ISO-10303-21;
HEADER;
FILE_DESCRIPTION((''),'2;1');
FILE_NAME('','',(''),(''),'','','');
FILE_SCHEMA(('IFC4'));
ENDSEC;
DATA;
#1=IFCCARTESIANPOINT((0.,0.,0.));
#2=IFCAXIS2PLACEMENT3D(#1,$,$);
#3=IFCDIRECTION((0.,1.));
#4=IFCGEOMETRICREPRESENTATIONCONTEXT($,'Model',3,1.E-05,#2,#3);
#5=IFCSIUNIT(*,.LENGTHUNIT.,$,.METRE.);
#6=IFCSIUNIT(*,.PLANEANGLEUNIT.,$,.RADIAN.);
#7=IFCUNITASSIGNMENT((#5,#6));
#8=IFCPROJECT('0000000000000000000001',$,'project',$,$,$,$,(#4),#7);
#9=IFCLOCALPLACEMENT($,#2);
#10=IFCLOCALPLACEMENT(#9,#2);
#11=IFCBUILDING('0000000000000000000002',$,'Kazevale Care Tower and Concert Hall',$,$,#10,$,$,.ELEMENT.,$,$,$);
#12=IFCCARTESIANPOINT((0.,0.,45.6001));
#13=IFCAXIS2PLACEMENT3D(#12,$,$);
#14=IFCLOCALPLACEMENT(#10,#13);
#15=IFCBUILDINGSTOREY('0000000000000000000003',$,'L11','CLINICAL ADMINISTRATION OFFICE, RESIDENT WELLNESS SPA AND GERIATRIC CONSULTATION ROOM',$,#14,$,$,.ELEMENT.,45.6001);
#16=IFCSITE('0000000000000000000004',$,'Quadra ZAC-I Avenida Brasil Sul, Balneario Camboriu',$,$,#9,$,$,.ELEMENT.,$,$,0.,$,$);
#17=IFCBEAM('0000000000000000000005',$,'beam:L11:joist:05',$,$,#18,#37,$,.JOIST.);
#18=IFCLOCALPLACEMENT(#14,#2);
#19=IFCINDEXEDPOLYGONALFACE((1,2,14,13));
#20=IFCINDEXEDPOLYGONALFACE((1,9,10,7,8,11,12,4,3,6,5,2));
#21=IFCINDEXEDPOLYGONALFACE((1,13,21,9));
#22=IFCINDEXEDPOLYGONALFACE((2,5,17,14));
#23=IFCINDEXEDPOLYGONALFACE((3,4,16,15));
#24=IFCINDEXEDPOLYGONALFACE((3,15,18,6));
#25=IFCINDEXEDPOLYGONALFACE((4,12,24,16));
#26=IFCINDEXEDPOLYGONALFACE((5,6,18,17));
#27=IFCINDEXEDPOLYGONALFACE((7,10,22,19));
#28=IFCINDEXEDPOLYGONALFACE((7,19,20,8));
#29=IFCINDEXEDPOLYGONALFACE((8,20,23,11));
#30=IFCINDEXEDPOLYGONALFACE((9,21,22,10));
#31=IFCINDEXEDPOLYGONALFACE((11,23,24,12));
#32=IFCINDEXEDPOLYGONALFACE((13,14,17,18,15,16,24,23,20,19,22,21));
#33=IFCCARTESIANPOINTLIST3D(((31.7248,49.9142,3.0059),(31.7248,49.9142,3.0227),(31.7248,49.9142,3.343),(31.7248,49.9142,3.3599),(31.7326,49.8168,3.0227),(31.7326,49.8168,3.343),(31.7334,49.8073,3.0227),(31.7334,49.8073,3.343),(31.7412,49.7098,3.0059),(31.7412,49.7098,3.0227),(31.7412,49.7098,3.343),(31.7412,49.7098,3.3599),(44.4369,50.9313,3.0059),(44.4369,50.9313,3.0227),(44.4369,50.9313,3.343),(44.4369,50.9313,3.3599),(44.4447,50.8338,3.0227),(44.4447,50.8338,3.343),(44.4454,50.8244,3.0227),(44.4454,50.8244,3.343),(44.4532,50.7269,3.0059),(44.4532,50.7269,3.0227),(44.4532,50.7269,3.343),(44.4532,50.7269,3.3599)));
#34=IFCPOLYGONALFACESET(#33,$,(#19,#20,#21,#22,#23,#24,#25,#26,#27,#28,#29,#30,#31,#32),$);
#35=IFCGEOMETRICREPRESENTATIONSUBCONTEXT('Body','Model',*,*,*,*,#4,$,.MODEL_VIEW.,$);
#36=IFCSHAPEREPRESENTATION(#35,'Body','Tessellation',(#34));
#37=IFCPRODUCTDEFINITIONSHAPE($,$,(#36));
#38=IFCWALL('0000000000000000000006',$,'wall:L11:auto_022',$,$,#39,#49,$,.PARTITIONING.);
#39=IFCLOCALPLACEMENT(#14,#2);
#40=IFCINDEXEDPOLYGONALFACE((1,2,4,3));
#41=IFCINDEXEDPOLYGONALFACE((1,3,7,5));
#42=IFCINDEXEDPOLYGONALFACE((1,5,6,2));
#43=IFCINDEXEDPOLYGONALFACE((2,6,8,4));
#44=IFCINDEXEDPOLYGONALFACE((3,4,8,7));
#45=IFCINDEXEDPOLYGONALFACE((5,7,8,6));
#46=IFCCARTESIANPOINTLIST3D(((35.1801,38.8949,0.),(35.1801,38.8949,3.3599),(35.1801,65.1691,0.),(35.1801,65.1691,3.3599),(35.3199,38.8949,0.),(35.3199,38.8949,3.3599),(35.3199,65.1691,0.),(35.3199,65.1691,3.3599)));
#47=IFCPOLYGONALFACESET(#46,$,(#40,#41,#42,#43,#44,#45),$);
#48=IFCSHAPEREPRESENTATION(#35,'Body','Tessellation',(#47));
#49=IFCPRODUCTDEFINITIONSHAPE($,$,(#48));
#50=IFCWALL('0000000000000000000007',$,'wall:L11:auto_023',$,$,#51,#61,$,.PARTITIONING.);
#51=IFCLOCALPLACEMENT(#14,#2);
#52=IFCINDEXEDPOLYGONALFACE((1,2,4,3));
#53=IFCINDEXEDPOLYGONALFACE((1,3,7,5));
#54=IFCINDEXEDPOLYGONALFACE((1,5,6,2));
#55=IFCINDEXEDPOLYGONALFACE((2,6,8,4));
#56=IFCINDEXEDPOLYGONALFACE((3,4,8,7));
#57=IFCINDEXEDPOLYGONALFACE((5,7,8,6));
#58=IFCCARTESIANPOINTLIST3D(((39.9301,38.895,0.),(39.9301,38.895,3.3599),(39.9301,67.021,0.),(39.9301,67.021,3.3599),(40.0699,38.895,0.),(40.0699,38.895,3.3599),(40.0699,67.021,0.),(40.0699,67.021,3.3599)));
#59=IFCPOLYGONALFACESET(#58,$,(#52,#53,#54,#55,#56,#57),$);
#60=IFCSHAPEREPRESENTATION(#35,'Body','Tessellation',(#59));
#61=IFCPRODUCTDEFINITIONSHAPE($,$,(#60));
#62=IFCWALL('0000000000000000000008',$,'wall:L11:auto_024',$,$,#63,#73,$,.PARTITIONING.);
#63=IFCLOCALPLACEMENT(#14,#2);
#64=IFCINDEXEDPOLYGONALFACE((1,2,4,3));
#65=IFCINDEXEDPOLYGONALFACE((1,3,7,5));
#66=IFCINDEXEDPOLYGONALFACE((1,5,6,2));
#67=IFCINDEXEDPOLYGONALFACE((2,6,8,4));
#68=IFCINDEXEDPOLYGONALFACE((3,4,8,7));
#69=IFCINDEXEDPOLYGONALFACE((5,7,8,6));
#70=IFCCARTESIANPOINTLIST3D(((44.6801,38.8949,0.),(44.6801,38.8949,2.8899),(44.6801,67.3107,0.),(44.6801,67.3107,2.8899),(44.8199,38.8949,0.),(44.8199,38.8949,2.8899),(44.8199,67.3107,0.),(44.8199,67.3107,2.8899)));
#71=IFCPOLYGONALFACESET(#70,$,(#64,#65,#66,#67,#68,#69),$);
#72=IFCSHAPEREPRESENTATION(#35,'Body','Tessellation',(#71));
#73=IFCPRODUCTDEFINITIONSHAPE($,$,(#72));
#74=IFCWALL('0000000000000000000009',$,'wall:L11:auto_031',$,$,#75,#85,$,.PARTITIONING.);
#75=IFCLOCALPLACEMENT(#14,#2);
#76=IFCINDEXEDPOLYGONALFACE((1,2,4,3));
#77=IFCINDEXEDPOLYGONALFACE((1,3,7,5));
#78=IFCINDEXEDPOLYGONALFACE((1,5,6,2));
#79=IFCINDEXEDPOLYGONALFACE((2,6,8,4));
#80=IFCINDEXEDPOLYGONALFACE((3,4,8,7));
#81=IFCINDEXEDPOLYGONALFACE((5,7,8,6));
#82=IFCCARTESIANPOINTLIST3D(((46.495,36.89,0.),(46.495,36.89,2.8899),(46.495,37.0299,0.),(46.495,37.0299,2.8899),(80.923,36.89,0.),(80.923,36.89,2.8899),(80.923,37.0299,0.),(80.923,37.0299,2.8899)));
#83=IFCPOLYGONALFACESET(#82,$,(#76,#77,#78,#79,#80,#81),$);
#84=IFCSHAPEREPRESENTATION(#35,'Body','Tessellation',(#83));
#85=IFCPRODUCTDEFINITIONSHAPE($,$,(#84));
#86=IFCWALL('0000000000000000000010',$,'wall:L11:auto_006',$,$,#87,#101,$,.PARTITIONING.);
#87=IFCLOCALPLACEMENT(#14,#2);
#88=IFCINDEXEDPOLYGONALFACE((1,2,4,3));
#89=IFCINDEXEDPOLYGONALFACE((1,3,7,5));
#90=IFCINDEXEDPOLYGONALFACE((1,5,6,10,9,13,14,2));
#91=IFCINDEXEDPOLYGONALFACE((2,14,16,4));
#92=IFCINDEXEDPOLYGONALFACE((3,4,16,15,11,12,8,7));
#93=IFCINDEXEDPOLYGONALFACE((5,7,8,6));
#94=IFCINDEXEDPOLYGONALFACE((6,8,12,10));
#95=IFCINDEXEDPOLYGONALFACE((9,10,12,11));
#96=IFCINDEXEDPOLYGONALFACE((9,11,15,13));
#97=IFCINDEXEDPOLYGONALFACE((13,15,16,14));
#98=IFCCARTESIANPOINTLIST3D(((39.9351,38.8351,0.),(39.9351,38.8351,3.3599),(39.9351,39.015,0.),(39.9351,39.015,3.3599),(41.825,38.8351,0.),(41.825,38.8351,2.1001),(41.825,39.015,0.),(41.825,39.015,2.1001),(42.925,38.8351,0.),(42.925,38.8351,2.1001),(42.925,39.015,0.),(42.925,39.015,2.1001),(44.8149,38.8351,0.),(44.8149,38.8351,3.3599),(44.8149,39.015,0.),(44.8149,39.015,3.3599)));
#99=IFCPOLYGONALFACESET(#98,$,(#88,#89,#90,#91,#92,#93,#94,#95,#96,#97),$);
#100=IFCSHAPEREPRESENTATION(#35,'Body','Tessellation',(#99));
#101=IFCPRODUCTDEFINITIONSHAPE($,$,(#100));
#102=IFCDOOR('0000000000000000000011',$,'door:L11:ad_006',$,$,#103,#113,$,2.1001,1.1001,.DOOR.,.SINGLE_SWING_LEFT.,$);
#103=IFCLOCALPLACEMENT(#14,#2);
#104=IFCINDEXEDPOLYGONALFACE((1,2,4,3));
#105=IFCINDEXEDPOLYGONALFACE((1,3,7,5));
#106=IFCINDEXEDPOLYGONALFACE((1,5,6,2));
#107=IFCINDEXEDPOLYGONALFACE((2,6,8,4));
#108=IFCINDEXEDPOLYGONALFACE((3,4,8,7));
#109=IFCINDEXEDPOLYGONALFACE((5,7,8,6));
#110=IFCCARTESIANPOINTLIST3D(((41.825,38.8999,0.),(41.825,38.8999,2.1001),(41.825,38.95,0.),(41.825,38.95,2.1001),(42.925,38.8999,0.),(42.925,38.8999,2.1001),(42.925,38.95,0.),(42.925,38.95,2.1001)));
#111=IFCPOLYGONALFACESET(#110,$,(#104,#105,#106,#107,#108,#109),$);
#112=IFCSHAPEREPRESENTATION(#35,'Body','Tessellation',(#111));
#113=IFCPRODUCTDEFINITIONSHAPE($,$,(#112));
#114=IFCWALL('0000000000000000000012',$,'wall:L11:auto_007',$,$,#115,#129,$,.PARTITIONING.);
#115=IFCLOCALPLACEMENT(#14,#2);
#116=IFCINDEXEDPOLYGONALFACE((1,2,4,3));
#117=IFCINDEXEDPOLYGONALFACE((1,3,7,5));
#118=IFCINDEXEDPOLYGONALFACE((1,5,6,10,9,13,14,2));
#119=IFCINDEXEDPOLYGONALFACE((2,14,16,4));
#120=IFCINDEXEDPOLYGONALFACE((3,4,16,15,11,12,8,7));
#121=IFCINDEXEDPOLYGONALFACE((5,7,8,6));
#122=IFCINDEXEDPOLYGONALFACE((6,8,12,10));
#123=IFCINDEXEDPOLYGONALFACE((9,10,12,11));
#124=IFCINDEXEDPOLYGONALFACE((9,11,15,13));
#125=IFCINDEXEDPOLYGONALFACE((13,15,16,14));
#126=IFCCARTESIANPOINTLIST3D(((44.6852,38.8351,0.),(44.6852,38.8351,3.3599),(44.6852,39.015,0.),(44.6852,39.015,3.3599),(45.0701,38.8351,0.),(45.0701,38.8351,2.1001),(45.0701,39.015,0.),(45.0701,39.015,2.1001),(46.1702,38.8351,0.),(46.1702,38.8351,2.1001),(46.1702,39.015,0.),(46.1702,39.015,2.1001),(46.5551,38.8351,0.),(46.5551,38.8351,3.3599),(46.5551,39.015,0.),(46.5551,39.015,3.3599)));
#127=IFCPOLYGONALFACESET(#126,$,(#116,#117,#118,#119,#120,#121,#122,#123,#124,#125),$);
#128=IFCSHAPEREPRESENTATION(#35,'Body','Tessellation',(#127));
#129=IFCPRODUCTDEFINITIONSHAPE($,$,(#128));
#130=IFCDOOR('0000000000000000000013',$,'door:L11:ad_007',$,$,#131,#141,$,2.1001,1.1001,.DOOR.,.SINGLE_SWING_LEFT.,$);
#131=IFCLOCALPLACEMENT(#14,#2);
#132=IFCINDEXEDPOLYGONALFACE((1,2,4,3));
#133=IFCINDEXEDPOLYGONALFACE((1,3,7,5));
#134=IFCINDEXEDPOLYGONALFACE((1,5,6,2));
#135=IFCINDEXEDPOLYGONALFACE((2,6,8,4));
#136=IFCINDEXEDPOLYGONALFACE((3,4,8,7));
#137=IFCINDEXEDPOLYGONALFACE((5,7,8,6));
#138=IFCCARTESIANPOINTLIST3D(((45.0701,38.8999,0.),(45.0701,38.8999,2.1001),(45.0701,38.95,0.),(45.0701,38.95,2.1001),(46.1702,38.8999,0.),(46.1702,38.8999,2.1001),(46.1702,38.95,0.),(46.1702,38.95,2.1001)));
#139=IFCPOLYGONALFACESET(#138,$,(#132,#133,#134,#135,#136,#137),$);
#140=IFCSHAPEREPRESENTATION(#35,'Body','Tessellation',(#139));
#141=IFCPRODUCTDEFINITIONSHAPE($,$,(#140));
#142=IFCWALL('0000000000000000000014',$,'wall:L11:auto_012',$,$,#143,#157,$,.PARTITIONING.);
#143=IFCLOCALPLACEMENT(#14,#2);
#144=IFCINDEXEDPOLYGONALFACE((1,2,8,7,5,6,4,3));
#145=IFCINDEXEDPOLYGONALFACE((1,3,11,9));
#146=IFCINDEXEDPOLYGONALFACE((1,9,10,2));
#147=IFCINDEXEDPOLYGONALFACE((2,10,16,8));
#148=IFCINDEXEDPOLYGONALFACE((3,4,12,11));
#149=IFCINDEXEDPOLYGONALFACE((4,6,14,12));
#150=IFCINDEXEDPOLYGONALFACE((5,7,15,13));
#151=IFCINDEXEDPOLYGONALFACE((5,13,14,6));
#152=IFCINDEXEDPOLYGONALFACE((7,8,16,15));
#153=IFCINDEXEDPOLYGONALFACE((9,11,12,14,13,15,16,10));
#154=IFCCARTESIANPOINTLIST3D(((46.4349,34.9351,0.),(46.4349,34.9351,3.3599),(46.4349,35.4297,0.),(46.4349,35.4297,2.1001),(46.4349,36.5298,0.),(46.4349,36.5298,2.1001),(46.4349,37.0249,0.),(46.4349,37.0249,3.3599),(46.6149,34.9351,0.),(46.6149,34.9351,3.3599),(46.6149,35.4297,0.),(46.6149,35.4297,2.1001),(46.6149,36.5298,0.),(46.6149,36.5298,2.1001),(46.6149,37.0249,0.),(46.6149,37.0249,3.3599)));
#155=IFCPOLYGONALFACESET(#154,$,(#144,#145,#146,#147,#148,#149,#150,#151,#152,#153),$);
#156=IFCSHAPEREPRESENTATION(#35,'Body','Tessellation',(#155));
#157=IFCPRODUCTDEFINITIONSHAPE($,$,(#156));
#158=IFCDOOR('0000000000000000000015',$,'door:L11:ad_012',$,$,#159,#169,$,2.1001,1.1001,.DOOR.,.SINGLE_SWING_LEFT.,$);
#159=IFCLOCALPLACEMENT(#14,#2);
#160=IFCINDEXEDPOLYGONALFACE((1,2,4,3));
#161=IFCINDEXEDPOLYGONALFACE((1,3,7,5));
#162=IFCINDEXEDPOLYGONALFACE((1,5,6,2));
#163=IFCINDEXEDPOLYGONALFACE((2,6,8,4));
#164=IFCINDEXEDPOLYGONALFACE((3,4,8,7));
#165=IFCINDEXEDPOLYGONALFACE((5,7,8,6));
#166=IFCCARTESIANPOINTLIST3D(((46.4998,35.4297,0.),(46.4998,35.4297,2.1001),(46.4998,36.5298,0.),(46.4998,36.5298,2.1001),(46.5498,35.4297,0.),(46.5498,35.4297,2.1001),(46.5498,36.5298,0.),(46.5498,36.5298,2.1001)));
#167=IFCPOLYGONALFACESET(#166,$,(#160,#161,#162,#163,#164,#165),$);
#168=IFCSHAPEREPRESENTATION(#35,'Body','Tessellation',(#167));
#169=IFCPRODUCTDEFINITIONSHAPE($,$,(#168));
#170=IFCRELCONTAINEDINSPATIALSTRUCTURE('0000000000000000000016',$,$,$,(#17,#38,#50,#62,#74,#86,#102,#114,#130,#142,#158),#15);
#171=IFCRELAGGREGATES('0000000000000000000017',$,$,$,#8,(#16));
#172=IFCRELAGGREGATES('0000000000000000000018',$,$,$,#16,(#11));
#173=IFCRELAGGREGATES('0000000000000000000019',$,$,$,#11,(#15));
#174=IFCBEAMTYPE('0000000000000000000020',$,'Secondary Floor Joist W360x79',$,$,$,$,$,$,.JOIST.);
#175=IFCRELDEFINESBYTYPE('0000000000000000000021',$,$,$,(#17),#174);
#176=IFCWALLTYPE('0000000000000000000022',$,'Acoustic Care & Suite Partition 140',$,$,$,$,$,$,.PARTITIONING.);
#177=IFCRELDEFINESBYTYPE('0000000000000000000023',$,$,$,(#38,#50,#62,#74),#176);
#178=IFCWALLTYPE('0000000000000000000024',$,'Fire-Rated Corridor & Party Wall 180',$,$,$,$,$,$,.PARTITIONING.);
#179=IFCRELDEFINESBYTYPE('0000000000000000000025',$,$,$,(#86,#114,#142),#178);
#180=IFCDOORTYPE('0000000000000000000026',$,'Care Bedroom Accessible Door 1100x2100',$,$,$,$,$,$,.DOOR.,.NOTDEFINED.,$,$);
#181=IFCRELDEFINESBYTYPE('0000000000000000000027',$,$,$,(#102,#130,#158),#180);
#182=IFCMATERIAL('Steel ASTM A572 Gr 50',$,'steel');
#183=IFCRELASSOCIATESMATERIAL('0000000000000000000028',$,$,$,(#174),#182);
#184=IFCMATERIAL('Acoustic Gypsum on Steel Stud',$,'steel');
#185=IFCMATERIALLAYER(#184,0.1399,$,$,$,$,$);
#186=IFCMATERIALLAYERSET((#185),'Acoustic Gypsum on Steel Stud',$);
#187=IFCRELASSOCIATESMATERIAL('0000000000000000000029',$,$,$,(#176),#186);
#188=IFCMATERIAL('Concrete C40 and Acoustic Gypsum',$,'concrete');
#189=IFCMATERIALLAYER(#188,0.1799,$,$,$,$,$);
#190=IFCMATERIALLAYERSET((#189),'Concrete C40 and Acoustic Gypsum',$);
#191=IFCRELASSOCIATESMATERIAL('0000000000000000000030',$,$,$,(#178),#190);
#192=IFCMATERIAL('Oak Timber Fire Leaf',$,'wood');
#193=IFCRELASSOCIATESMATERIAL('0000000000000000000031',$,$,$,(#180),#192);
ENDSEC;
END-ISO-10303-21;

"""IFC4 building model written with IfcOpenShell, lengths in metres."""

from ifc_helpers import new_model, si_unit, direction, frame, frame_2d, origin, origin_2d, place, context, subcontext, project, spatial, rectangle, i_section, extrude, material, layer, layer_set, material_profile, profile_set, type_object, element, fill, save


model = new_model("IFC4")

# Units and contexts
model_context = context("Model", 3, precision=1e-05, world=origin(), true_north=direction((0.0, 1.0)))
body_context = subcontext(model_context, "Body", "Model", "MODEL_VIEW")
ifc_project = project(units=[si_unit("LENGTHUNIT", "METRE"), si_unit("PLANEANGLEUNIT", "RADIAN")], contexts=[model_context])

# Site, building, storey
site_placement = place(None, origin())
site = spatial("IfcSite", under=ifc_project, at=site_placement, Name="Quadra ZAC-I Avenida Brasil Sul, Balneario Camboriu", CompositionType="ELEMENT", RefElevation=0.0)
building_placement = place(site_placement, origin())
building = spatial("IfcBuilding", under=site, at=building_placement, Name="Kazevale Care Tower and Concert Hall", CompositionType="ELEMENT")
storey_placement = place(building_placement, frame((0.0, 0.0, 45.6001)))
storey = spatial("IfcBuildingStorey", under=building, at=storey_placement, Name="L11", Description="CLINICAL ADMINISTRATION OFFICE, RESIDENT WELLNESS SPA AND GERIATRIC CONSULTATION ROOM", CompositionType="ELEMENT", Elevation=45.6001)

# Beam
ifc_material_1 = material(Name="Steel ASTM A572 Gr 50", Category="steel")
ifc_material_profile_1 = material_profile(ifc_material_1, i_section(OverallWidth=0.2051, OverallDepth=0.354, WebThickness=0.0095, FlangeThickness=0.0168, at=origin_2d()), Name="W360x79")
ifc_profile_set_1 = profile_set([ifc_material_profile_1], Name="Steel ASTM A572 Gr 50")
beam_type_1 = type_object("IfcBeamType", Name="Secondary Floor Joist W360x79", PredefinedType="JOIST", material=ifc_profile_set_1)
beam_1_placement = place(storey_placement, frame((44.4451, 50.8291, 3.1829), z_axis=(-0.996815, -0.079754, 0.0), x_axis=(0.079754, -0.996815, 0.0)))
element("IfcBeam", 1, at=beam_1_placement, inside=storey, type_object=beam_type_1, Name="beam:L11:joist:05", PredefinedType="JOIST", context=body_context, shape_type="SweptSolid", body=[
    extrude(i_section(OverallWidth=0.2051, OverallDepth=0.354, WebThickness=0.0095, FlangeThickness=0.0168, at=origin_2d()), origin(), (0.0, 0.0, 1.0), 12.7527),
])

# Walls
ifc_material_2 = material(Name="Acoustic Gypsum on Steel Stud", Category="steel")
ifc_layer_1 = layer(ifc_material_2, 0.1399)
ifc_layer_set_1 = layer_set([ifc_layer_1], Name="Acoustic Gypsum on Steel Stud")
wall_type_1 = type_object("IfcWallType", Name="Acoustic Care & Suite Partition 140", PredefinedType="PARTITIONING", material=ifc_layer_set_1)
wall_1_placement = place(storey_placement, frame((35.25, 65.1692, 0.0), z_axis=(0.0, 0.0, 1.0), x_axis=(0.0, -1.0, 0.0)))
element("IfcWall", 2, at=wall_1_placement, inside=storey, type_object=wall_type_1, Name="wall:L11:auto_022", PredefinedType="PARTITIONING", context=body_context, shape_type="SweptSolid", body=[
    extrude(rectangle(XDim=26.2742, YDim=0.1399, at=frame_2d((13.1372, 0.0))), origin(), (0.0, 0.0, 1.0), 3.3599),
])
wall_2_placement = place(storey_placement, frame((40.0, 67.021, 0.0), z_axis=(0.0, 0.0, 1.0), x_axis=(0.0, -1.0, 0.0)))
element("IfcWall", 3, at=wall_2_placement, inside=storey, type_object=wall_type_1, Name="wall:L11:auto_023", PredefinedType="PARTITIONING", context=body_context, shape_type="SweptSolid", body=[
    extrude(rectangle(XDim=28.126, YDim=0.1399, at=frame_2d((14.063, 0.0))), origin(), (0.0, 0.0, 1.0), 3.3599),
])
wall_3_placement = place(storey_placement, frame((44.75, 67.3108, 0.0), z_axis=(0.0, 0.0, 1.0), x_axis=(0.0, -1.0, 0.0)))
element("IfcWall", 4, at=wall_3_placement, inside=storey, type_object=wall_type_1, Name="wall:L11:auto_024", PredefinedType="PARTITIONING", context=body_context, shape_type="SweptSolid", body=[
    extrude(rectangle(XDim=28.4158, YDim=0.1399, at=frame_2d((14.208, 0.0))), origin(), (0.0, 0.0, 1.0), 2.8899),
])
wall_4_placement = place(storey_placement, frame((46.4951, 36.96, 0.0), z_axis=(0.0, 0.0, 1.0), x_axis=(1.0, 0.0, 0.0)))
element("IfcWall", 5, at=wall_4_placement, inside=storey, type_object=wall_type_1, Name="wall:L11:auto_031", PredefinedType="PARTITIONING", context=body_context, shape_type="SweptSolid", body=[
    extrude(rectangle(XDim=34.428, YDim=0.1399, at=frame_2d((17.2139, 0.0))), origin(), (0.0, 0.0, 1.0), 2.8899),
])

# Walls, openings, doors
ifc_material_3 = material(Name="Concrete C40 and Acoustic Gypsum", Category="concrete")
ifc_layer_2 = layer(ifc_material_3, 0.1799)
ifc_layer_set_2 = layer_set([ifc_layer_2], Name="Concrete C40 and Acoustic Gypsum")
wall_type_2 = type_object("IfcWallType", Name="Fire-Rated Corridor & Party Wall 180", PredefinedType="PARTITIONING", material=ifc_layer_set_2)
wall_5_placement = place(storey_placement, frame((39.9351, 38.925, 0.0), z_axis=(0.0, 0.0, 1.0), x_axis=(1.0, 0.0, 0.0)))
wall_5 = element("IfcWall", 6, at=wall_5_placement, inside=storey, type_object=wall_type_2, Name="wall:L11:auto_006", PredefinedType="PARTITIONING", context=body_context, shape_type="SweptSolid", body=[
    extrude(rectangle(XDim=4.8799, YDim=0.1799, at=frame_2d((2.4399, 0.0))), origin(), (0.0, 0.0, 1.0), 3.3599),
])
opening_1_placement = place(wall_5_placement, frame((1.8899, 0.0, 0.0)))
opening_1 = element("IfcOpeningElement", 7, at=opening_1_placement, cuts=wall_5, PredefinedType="OPENING", context=body_context, shape_type="SweptSolid", body=[
    extrude(rectangle(XDim=1.1001, YDim=2.1001, at=frame_2d((0.55, 1.05))), frame((0.0, 0.0999, 0.0), z_axis=(0.0, -1.0, 0.0), x_axis=(1.0, 0.0, 0.0)), (0.0, 0.0, 1.0), 0.2),
])
ifc_material_4 = material(Name="Oak Timber Fire Leaf", Category="wood")
door_type = type_object("IfcDoorType", Name="Care Bedroom Accessible Door 1100x2100", OperationType="NOTDEFINED", PredefinedType="DOOR", material=ifc_material_4)
door_1_placement = place(opening_1_placement, origin())
door_1 = element("IfcDoor", 8, at=door_1_placement, inside=storey, type_object=door_type, Name="door:L11:ad_006", OperationType="SINGLE_SWING_LEFT", OverallHeight=2.1001, OverallWidth=1.1001, PredefinedType="DOOR", context=body_context, shape_type="SweptSolid", body=[
    extrude(rectangle(XDim=1.1001, YDim=2.1001, at=frame_2d((0.55, 1.05))), frame((0.0, 0.0249, 0.0), z_axis=(0.0, -1.0, 0.0), x_axis=(1.0, 0.0, 0.0)), (0.0, 0.0, 1.0), 0.05),
])
fill(opening_1, door_1)
wall_6_placement = place(storey_placement, frame((44.6851, 38.925, 0.0), z_axis=(0.0, 0.0, 1.0), x_axis=(1.0, 0.0, 0.0)))
wall_6 = element("IfcWall", 9, at=wall_6_placement, inside=storey, type_object=wall_type_2, Name="wall:L11:auto_007", PredefinedType="PARTITIONING", context=body_context, shape_type="SweptSolid", body=[
    extrude(rectangle(XDim=1.8699, YDim=0.1799, at=frame_2d((0.9351, 0.0))), origin(), (0.0, 0.0, 1.0), 3.3599),
])
opening_2_placement = place(wall_6_placement, frame((0.385, 0.0, 0.0)))
opening_2 = element("IfcOpeningElement", 10, at=opening_2_placement, cuts=wall_6, PredefinedType="OPENING", context=body_context, shape_type="SweptSolid", body=[
    extrude(rectangle(XDim=1.1001, YDim=2.1001, at=frame_2d((0.55, 1.05))), frame((0.0, 0.0999, 0.0), z_axis=(0.0, -1.0, 0.0), x_axis=(1.0, 0.0, 0.0)), (0.0, 0.0, 1.0), 0.2),
])
door_2_placement = place(opening_2_placement, origin())
door_2 = element("IfcDoor", 11, at=door_2_placement, inside=storey, type_object=door_type, Name="door:L11:ad_007", OperationType="SINGLE_SWING_LEFT", OverallHeight=2.1001, OverallWidth=1.1001, PredefinedType="DOOR", context=body_context, shape_type="SweptSolid", body=[
    extrude(rectangle(XDim=1.1001, YDim=2.1001, at=frame_2d((0.55, 1.05))), frame((0.0, 0.0249, 0.0), z_axis=(0.0, -1.0, 0.0), x_axis=(1.0, 0.0, 0.0)), (0.0, 0.0, 1.0), 0.05),
])
fill(opening_2, door_2)
wall_7_placement = place(storey_placement, frame((46.5249, 37.0249, 0.0), z_axis=(0.0, 0.0, 1.0), x_axis=(0.0, -1.0, 0.0)))
wall_7 = element("IfcWall", 12, at=wall_7_placement, inside=storey, type_object=wall_type_2, Name="wall:L11:auto_012", PredefinedType="PARTITIONING", context=body_context, shape_type="SweptSolid", body=[
    extrude(rectangle(XDim=2.0898, YDim=0.1799, at=frame_2d((1.0449, 0.0))), origin(), (0.0, 0.0, 1.0), 3.3599),
])
opening_3_placement = place(wall_7_placement, frame((0.4951, 0.0, 0.0)))
opening_3 = element("IfcOpeningElement", 13, at=opening_3_placement, cuts=wall_7, PredefinedType="OPENING", context=body_context, shape_type="SweptSolid", body=[
    extrude(rectangle(XDim=1.1001, YDim=2.1001, at=frame_2d((0.55, 1.05))), frame((0.0, 0.0999, 0.0), z_axis=(0.0, -1.0, 0.0), x_axis=(1.0, 0.0, 0.0)), (0.0, 0.0, 1.0), 0.2),
])
door_3_placement = place(opening_3_placement, origin())
door_3 = element("IfcDoor", 14, at=door_3_placement, inside=storey, type_object=door_type, Name="door:L11:ad_012", OperationType="SINGLE_SWING_LEFT", OverallHeight=2.1001, OverallWidth=1.1001, PredefinedType="DOOR", context=body_context, shape_type="SweptSolid", body=[
    extrude(rectangle(XDim=1.1001, YDim=2.1001, at=frame_2d((0.55, 1.05))), frame((0.0, 0.0249, 0.0), z_axis=(0.0, -1.0, 0.0), x_axis=(1.0, 0.0, 0.0)), (0.0, 0.0, 1.0), 0.05),
])
fill(opening_3, door_3)

save(model, "model.ifc")
